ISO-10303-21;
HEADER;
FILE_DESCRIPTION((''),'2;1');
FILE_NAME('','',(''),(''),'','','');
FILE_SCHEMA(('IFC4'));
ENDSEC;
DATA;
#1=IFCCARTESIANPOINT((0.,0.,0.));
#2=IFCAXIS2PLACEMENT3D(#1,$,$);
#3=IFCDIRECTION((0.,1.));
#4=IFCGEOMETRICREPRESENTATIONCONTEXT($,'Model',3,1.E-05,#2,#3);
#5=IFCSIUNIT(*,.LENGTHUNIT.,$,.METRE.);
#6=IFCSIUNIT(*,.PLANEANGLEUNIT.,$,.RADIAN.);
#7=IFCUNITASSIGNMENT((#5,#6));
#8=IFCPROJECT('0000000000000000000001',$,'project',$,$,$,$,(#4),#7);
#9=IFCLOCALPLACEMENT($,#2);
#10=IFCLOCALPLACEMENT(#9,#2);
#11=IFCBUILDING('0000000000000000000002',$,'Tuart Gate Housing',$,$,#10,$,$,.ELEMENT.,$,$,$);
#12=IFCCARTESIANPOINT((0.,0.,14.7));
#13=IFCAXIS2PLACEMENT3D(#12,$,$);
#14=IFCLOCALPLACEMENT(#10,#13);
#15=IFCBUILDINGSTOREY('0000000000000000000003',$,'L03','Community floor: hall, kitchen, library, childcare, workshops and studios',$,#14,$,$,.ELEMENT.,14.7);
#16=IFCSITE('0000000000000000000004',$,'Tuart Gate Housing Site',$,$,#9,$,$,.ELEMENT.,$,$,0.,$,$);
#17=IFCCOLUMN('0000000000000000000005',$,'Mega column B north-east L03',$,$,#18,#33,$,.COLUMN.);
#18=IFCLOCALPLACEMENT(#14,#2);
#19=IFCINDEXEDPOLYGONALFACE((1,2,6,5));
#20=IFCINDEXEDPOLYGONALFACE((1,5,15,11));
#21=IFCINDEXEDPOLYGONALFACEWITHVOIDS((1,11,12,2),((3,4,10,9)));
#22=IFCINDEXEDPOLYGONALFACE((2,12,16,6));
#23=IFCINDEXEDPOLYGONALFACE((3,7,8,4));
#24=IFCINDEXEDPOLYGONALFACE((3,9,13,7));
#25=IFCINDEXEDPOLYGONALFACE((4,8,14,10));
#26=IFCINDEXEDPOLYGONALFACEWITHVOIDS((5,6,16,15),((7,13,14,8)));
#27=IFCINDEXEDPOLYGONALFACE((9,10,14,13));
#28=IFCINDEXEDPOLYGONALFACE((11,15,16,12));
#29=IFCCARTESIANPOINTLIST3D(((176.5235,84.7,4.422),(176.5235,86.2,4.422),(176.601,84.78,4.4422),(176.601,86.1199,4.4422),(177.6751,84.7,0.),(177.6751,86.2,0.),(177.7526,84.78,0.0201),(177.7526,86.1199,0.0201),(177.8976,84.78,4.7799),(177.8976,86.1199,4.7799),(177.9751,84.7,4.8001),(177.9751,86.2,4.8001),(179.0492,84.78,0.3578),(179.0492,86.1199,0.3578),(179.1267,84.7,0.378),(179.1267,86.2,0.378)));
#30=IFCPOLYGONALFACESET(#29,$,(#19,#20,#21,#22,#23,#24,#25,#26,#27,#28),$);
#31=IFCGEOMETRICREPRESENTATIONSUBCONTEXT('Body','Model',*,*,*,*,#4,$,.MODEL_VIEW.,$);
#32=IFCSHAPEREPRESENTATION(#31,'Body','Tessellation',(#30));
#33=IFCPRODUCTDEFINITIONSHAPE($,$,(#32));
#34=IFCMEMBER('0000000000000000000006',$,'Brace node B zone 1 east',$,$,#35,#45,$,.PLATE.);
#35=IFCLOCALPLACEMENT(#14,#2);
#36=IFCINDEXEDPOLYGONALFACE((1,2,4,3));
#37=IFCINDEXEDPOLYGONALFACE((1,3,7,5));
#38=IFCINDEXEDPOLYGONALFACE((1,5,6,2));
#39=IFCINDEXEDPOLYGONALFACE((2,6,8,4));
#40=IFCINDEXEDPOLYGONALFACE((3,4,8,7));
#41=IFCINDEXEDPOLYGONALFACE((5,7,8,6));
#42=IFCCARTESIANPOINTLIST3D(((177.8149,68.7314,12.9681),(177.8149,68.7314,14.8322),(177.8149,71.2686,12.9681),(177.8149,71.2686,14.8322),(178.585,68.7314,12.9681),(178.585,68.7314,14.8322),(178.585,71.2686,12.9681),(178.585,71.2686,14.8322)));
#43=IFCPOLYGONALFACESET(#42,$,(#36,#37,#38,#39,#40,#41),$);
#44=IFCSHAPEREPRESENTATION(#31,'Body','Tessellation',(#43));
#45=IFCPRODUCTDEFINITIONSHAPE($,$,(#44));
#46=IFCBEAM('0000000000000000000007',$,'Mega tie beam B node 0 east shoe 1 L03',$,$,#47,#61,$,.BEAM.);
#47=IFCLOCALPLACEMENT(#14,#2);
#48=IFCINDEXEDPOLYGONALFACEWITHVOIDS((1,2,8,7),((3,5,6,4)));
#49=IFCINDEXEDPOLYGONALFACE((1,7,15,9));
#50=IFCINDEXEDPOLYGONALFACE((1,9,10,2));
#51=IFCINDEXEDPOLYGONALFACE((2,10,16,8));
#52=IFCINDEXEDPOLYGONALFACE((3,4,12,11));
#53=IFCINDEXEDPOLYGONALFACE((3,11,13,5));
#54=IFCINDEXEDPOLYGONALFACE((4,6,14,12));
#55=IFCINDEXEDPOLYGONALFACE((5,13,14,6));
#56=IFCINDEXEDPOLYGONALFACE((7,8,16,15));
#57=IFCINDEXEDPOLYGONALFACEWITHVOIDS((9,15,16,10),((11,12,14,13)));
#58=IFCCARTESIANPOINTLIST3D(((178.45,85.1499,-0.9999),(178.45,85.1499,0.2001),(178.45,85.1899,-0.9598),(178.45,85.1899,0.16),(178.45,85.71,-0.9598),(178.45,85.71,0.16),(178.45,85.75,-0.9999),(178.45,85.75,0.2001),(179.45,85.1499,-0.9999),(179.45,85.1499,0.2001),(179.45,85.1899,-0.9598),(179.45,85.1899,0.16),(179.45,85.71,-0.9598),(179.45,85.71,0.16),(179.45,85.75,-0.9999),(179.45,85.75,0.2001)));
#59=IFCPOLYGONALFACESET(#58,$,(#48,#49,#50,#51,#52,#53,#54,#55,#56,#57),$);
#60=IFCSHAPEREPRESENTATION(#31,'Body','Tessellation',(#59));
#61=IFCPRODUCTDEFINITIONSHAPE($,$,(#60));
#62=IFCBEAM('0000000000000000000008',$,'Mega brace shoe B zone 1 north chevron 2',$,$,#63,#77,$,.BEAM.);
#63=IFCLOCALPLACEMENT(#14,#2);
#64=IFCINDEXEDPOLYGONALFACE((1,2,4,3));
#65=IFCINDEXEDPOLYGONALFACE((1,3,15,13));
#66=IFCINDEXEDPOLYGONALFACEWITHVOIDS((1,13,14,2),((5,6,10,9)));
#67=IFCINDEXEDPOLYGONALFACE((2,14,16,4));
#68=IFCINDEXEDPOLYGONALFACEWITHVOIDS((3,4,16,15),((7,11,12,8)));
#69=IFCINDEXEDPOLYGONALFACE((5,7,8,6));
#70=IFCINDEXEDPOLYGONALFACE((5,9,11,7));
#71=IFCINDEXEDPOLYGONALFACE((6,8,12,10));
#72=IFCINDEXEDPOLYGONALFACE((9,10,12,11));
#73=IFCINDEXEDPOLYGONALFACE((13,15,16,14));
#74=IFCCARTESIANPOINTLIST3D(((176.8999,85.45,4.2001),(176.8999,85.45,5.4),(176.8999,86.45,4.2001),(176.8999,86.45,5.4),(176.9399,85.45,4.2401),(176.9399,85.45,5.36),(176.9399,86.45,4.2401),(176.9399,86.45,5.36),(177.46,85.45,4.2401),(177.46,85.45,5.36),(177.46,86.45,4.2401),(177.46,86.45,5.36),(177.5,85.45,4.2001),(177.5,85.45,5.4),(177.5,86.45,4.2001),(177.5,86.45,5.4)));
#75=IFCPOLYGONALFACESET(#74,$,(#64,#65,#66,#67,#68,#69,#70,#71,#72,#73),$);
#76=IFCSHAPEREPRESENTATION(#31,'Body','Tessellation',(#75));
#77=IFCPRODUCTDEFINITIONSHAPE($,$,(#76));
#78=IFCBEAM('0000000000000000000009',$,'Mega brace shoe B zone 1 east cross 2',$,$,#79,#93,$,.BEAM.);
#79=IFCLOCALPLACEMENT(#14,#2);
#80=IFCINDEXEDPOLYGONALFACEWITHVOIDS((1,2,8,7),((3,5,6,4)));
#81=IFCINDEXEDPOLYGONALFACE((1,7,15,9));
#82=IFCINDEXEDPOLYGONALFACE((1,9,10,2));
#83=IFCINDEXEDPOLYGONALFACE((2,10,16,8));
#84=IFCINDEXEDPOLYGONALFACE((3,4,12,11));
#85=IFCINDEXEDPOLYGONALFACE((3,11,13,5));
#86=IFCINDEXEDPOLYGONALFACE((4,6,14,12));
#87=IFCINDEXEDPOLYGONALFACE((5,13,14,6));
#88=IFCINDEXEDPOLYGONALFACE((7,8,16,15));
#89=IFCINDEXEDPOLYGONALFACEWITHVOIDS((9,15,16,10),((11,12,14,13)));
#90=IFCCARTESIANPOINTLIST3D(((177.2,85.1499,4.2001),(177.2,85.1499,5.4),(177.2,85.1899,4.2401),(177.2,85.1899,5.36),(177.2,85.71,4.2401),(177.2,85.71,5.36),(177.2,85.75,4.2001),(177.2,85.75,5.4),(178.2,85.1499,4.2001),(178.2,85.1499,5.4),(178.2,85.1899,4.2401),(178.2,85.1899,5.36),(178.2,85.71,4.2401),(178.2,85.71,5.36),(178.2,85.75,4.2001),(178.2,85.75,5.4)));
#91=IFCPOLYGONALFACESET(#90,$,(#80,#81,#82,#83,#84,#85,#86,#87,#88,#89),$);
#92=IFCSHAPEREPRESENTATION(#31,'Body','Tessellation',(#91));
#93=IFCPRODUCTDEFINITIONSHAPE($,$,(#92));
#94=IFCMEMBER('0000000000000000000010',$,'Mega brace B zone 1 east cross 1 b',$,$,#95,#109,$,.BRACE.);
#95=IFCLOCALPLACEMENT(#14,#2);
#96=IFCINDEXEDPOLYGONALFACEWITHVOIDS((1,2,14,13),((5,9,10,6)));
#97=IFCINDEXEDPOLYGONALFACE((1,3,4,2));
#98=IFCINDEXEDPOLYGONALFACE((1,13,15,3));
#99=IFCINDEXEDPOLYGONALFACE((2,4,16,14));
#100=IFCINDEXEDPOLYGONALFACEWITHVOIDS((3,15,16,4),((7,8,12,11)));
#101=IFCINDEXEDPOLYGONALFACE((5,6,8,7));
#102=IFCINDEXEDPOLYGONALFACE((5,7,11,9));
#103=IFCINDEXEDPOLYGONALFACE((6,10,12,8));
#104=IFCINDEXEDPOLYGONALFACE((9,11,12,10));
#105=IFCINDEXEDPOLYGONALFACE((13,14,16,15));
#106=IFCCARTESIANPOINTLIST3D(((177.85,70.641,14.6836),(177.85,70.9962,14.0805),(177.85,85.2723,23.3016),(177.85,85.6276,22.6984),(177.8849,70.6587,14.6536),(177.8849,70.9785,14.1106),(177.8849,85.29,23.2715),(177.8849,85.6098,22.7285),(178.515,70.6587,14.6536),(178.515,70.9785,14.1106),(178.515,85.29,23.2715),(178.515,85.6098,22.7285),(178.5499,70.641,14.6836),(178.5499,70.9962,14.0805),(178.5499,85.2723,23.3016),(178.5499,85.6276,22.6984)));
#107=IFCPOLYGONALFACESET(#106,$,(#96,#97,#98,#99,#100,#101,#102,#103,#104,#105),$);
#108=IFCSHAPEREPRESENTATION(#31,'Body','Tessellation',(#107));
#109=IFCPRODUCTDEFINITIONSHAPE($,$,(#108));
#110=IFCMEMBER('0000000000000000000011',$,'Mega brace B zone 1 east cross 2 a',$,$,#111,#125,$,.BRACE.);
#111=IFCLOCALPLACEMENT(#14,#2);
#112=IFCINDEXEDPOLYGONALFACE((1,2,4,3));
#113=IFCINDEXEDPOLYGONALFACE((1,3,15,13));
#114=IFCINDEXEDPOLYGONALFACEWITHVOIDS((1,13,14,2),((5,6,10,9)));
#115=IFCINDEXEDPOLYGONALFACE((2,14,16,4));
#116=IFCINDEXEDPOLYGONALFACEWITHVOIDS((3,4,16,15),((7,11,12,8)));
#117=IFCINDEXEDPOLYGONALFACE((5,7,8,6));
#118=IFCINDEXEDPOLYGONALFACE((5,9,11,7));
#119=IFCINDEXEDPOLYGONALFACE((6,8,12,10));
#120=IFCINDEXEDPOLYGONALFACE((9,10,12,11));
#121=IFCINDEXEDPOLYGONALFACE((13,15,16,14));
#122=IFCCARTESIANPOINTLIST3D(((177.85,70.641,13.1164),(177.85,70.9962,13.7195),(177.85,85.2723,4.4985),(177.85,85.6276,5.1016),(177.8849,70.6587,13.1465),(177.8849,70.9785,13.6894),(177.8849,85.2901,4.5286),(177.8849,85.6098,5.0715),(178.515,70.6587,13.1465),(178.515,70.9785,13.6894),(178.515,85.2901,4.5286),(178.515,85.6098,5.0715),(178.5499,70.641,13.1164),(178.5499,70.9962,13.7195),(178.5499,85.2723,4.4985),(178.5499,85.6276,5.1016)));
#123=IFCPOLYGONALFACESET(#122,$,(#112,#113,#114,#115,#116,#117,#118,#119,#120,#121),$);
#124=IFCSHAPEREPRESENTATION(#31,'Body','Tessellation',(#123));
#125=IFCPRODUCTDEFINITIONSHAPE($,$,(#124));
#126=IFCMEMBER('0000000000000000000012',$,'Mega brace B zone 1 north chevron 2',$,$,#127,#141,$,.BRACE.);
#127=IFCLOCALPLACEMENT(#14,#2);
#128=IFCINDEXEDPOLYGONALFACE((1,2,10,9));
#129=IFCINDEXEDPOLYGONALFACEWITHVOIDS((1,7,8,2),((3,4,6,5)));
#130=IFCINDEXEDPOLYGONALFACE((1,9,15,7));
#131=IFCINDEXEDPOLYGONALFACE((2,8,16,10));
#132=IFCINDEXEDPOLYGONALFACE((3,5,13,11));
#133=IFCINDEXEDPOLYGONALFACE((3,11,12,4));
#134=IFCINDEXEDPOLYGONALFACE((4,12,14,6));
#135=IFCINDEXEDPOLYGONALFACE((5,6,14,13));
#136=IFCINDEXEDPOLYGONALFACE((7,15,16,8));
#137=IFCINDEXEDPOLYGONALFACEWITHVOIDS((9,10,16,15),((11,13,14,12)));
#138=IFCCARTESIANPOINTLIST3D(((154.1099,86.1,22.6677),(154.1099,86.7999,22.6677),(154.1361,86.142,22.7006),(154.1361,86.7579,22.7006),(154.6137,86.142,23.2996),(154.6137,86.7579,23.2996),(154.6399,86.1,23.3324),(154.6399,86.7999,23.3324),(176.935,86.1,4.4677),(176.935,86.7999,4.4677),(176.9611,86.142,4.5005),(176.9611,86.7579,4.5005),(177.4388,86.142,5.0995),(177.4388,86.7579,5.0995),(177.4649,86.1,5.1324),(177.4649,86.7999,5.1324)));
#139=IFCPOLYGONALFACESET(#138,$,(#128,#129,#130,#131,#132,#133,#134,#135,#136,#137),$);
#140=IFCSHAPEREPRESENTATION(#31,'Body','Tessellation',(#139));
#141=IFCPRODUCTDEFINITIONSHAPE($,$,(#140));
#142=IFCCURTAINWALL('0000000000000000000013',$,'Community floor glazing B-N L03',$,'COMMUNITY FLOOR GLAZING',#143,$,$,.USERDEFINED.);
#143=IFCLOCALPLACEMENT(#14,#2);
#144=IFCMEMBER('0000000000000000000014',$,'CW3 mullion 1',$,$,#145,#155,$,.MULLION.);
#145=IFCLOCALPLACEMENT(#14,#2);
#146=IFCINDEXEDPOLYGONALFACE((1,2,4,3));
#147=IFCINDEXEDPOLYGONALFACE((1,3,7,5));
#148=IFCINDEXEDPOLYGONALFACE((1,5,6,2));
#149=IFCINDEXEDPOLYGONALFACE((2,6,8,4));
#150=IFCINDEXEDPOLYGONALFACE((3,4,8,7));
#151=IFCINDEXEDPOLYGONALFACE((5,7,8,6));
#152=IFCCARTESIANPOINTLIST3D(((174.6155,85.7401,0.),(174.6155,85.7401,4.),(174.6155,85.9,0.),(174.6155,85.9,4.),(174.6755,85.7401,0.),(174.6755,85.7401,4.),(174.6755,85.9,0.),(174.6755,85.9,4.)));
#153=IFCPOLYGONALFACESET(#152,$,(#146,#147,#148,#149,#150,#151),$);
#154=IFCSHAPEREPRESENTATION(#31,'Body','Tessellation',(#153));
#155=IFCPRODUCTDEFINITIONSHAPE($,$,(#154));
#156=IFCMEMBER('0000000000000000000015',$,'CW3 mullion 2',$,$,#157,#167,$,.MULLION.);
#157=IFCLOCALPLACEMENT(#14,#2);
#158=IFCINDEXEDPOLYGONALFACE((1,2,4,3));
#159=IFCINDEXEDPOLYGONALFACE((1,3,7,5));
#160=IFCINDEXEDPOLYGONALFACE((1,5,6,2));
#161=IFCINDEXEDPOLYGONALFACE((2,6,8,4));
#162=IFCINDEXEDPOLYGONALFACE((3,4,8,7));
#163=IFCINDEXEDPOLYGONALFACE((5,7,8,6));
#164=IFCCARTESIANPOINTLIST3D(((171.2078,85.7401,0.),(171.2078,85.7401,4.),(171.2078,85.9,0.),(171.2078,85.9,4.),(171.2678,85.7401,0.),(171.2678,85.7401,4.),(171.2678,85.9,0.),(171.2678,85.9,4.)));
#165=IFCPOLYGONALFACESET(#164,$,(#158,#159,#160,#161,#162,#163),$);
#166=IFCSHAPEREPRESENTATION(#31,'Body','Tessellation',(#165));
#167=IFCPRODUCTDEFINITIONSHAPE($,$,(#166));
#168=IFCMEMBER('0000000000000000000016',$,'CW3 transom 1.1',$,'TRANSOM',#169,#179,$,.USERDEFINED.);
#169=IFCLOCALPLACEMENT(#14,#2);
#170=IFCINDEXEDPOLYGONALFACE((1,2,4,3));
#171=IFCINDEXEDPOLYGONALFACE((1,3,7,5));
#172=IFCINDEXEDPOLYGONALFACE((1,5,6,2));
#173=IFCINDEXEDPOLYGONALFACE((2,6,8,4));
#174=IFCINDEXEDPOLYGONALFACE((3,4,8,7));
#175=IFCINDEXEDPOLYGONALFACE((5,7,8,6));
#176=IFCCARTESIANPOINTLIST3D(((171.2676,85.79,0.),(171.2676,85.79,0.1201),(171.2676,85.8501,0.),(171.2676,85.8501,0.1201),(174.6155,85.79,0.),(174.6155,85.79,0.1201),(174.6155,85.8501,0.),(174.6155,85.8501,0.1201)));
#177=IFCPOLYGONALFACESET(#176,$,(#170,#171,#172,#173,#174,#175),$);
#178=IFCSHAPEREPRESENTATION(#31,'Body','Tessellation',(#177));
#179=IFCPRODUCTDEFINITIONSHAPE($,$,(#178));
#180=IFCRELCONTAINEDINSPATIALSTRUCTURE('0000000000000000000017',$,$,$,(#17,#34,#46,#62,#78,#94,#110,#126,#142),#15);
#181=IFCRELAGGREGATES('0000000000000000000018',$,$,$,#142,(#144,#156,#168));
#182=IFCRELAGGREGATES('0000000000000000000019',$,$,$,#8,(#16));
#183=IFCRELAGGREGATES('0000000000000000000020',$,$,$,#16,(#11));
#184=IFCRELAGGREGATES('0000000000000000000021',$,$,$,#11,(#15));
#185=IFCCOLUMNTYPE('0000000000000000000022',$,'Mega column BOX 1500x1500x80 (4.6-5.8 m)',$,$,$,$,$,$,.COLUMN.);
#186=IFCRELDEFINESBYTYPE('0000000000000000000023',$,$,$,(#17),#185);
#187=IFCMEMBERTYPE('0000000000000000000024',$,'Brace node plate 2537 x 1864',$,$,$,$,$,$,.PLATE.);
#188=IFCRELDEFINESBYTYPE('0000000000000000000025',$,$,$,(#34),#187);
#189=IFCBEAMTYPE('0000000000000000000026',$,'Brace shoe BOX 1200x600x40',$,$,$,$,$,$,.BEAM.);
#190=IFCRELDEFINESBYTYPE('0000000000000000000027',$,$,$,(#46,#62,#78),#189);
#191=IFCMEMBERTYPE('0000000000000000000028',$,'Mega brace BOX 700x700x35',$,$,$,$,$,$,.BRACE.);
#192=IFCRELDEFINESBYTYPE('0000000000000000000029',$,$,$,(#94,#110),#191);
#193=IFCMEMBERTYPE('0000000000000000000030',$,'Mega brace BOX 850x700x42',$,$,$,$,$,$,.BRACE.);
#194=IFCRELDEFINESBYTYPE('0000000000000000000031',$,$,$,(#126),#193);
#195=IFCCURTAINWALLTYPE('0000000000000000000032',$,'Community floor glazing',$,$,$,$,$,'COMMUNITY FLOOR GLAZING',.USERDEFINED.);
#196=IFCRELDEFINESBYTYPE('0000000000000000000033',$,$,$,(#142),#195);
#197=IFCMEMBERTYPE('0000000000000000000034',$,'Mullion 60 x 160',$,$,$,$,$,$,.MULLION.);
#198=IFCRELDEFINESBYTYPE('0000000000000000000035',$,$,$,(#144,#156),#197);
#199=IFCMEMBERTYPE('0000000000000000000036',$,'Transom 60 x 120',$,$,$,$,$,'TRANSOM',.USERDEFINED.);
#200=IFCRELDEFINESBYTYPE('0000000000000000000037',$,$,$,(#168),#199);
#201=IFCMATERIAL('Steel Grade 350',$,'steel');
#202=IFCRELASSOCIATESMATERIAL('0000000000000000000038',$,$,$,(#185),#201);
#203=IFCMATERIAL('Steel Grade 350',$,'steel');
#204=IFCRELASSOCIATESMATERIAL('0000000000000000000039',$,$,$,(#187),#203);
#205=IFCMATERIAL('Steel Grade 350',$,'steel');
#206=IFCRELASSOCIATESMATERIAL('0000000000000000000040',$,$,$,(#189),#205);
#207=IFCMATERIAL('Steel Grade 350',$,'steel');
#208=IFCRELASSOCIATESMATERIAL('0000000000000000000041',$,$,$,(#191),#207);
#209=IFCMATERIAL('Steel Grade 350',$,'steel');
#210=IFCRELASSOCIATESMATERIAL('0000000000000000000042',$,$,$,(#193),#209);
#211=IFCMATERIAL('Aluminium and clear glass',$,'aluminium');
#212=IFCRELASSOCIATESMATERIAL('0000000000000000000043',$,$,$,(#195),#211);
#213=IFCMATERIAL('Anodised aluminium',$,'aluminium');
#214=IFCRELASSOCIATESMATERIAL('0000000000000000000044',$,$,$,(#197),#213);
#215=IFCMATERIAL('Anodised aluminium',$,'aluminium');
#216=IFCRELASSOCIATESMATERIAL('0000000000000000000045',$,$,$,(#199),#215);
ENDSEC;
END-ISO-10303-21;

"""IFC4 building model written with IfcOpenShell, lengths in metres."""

from ifc_helpers import new_model, si_unit, direction, frame, origin, origin_2d, place, context, subcontext, project, spatial, rectangle, hollow_rectangle, extrude, material, material_profile, profile_set, type_object, element, aggregate, save


model = new_model("IFC4")

# Units and contexts
model_context = context("Model", 3, precision=1e-05, world=origin(), true_north=direction((0.0, 1.0)))
body_context = subcontext(model_context, "Body", "Model", "MODEL_VIEW")
ifc_project = project(units=[si_unit("LENGTHUNIT", "METRE"), si_unit("PLANEANGLEUNIT", "RADIAN")], contexts=[model_context])

# Site, building, storey
site_placement = place(None, origin())
site = spatial("IfcSite", under=ifc_project, at=site_placement, Name="Tuart Gate Housing Site", CompositionType="ELEMENT", RefElevation=0.0)
building_placement = place(site_placement, origin())
building = spatial("IfcBuilding", under=site, at=building_placement, Name="Tuart Gate Housing", CompositionType="ELEMENT")
storey_placement = place(building_placement, frame((0.0, 0.0, 14.7)))
storey = spatial("IfcBuildingStorey", under=building, at=storey_placement, Name="L03", Description="Community floor: hall, kitchen, library, childcare, workshops and studios", CompositionType="ELEMENT", Elevation=14.7)

# Column
ifc_material_1 = material(Name="Steel Grade 350", Category="steel")
ifc_material_profile_1 = material_profile(ifc_material_1, hollow_rectangle(XDim=1.5, YDim=1.5, WallThickness=0.0801, at=origin_2d()), Name="BOX 1500x1500x80")
ifc_profile_set_1 = profile_set([ifc_material_profile_1], Name="Steel Grade 350")
column_type = type_object("IfcColumnType", Name="Mega column BOX 1500x1500x80 (4.6-5.8 m)", PredefinedType="COLUMN", material=ifc_profile_set_1)
column_placement = place(storey_placement, frame((178.4009, 85.45, 0.189), z_axis=(-0.252015, 0.0, 0.967723), x_axis=(0.0, -1.0, 0.0)))
element("IfcColumn", 1, at=column_placement, inside=storey, type_object=column_type, Name="Mega column B north-east L03", PredefinedType="COLUMN", context=body_context, shape_type="SweptSolid", body=[
    extrude(hollow_rectangle(XDim=1.5, YDim=1.5, WallThickness=0.0801, at=origin_2d()), origin(), (0.0, 0.0, 1.0), 4.5696),
])

# Member
ifc_material_2 = material(Name="Steel Grade 350", Category="steel")
ifc_material_profile_2 = material_profile(ifc_material_2, rectangle(XDim=2.5371, YDim=1.864, at=origin_2d()), Name="Brace node plate 2537 x 1864")
ifc_profile_set_2 = profile_set([ifc_material_profile_2], Name="Steel Grade 350")
member_type_1 = type_object("IfcMemberType", Name="Brace node plate 2537 x 1864", PredefinedType="PLATE", material=ifc_profile_set_2)
member_1_placement = place(storey_placement, frame((177.8149, 70.0, 13.9001), z_axis=(1.0, 0.0, 0.0), x_axis=(0.0, 1.0, 0.0)))
element("IfcMember", 2, at=member_1_placement, inside=storey, type_object=member_type_1, Name="Brace node B zone 1 east", PredefinedType="PLATE", context=body_context, shape_type="SweptSolid", body=[
    extrude(rectangle(XDim=2.5371, YDim=1.864, at=origin_2d()), origin(), (0.0, 0.0, 1.0), 0.77),
])

# Beams
ifc_material_3 = material(Name="Steel Grade 350", Category="steel")
ifc_material_profile_3 = material_profile(ifc_material_3, hollow_rectangle(XDim=0.6001, YDim=1.2, WallThickness=0.04, at=origin_2d()), Name="BOX 1200x600x40")
ifc_profile_set_3 = profile_set([ifc_material_profile_3], Name="Steel Grade 350")
beam_type = type_object("IfcBeamType", Name="Brace shoe BOX 1200x600x40", PredefinedType="BEAM", material=ifc_profile_set_3)
for number, where, z_axis, x_axis, name in (
    (3, (178.45, 85.45, -0.3999), (1.0, 0.0, 0.0), (0.0, 1.0, 0.0), "Mega tie beam B node 0 east shoe 1 L03"),
    (4, (177.2, 85.45, 4.8), (0.0, 1.0, 0.0), (-1.0, 0.0, 0.0), "Mega brace shoe B zone 1 north chevron 2"),
    (5, (177.2, 85.45, 4.8), (1.0, 0.0, 0.0), (0.0, 1.0, 0.0), "Mega brace shoe B zone 1 east cross 2"),
):
    element("IfcBeam", number, at=place(storey_placement, frame(where, z_axis=z_axis, x_axis=x_axis)), inside=storey, type_object=beam_type, Name=name, PredefinedType="BEAM", context=body_context, shape_type="SweptSolid", body=[
        extrude(hollow_rectangle(XDim=0.6001, YDim=1.2, WallThickness=0.04, at=origin_2d()), origin(), (0.0, 0.0, 1.0), 1.0),
    ])

# Members
ifc_material_4 = material(Name="Steel Grade 350", Category="steel")
ifc_material_profile_4 = material_profile(ifc_material_4, hollow_rectangle(XDim=0.7, YDim=0.7, WallThickness=0.0349, at=origin_2d()), Name="BOX 700x700x35")
ifc_profile_set_4 = profile_set([ifc_material_profile_4], Name="Steel Grade 350")
member_type_2 = type_object("IfcMemberType", Name="Mega brace BOX 700x700x35", PredefinedType="BRACE", material=ifc_profile_set_4)
for number, where, z_axis, x_axis, name in (
    (6, (178.2, 70.8186, 14.3821), (0.0, 0.861645, 0.507512), (-1.0, 0.0, 0.0), "Mega brace B zone 1 east cross 1 b"),
    (7, (178.2, 85.45, 4.8), (0.0, -0.861645, 0.507512), (1.0, 0.0, 0.0), "Mega brace B zone 1 east cross 2 a"),
):
    element("IfcMember", number, at=place(storey_placement, frame(where, z_axis=z_axis, x_axis=x_axis)), inside=storey, type_object=member_type_2, Name=name, PredefinedType="BRACE", context=body_context, shape_type="SweptSolid", body=[
        extrude(hollow_rectangle(XDim=0.7, YDim=0.7, WallThickness=0.0349, at=origin_2d()), origin(), (0.0, 0.0, 1.0), 16.9807),
    ])
ifc_material_5 = material(Name="Steel Grade 350", Category="steel")
ifc_material_profile_5 = material_profile(ifc_material_5, hollow_rectangle(XDim=0.7, YDim=0.8501, WallThickness=0.042, at=origin_2d()), Name="BOX 850x700x42")
ifc_profile_set_5 = profile_set([ifc_material_profile_5], Name="Steel Grade 350")
member_type_3 = type_object("IfcMemberType", Name="Mega brace BOX 850x700x42", PredefinedType="BRACE", material=ifc_profile_set_5)
member_2_placement = place(storey_placement, frame((177.2, 86.45, 4.8), z_axis=(-0.781871, 0.0, 0.623441), x_axis=(0.0, -1.0, 0.0)))
element("IfcMember", 8, at=member_2_placement, inside=storey, type_object=member_type_3, Name="Mega brace B zone 1 north chevron 2", PredefinedType="BRACE", context=body_context, shape_type="SweptSolid", body=[
    extrude(hollow_rectangle(XDim=0.7, YDim=0.8501, WallThickness=0.042, at=origin_2d()), origin(), (0.0, 0.0, 1.0), 29.1929),
])

# Curtain wall, members
ifc_material_6 = material(Name="Aluminium and clear glass", Category="aluminium")
curtain_wall_type = type_object("IfcCurtainWallType", Name="Community floor glazing", ElementType="COMMUNITY FLOOR GLAZING", PredefinedType="USERDEFINED", material=ifc_material_6)
curtain_wall_placement = place(storey_placement, origin())
curtain_wall = element("IfcCurtainWall", 9, at=curtain_wall_placement, inside=storey, type_object=curtain_wall_type, Name="Community floor glazing B-N L03", ObjectType="COMMUNITY FLOOR GLAZING", PredefinedType="USERDEFINED")
ifc_material_7 = material(Name="Anodised aluminium", Category="aluminium")
ifc_material_profile_6 = material_profile(ifc_material_7, rectangle(XDim=0.0601, YDim=0.1599, at=origin_2d()), Name="60x160")
ifc_profile_set_6 = profile_set([ifc_material_profile_6], Name="Anodised aluminium")
member_type_4 = type_object("IfcMemberType", Name="Mullion 60 x 160", PredefinedType="MULLION", material=ifc_profile_set_6)
member_3_placement = place(storey_placement, frame((174.6455, 85.8201, 0.0), z_axis=(0.0, 0.0, 1.0), x_axis=(-1.0, 0.0, 0.0)))
member_3 = element("IfcMember", 10, at=member_3_placement, type_object=member_type_4, Name="CW3 mullion 1", PredefinedType="MULLION", context=body_context, shape_type="SweptSolid", body=[
    extrude(rectangle(XDim=0.0601, YDim=0.1599, at=origin_2d()), origin(), (0.0, 0.0, 1.0), 4.0),
])
member_4_placement = place(storey_placement, frame((171.2378, 85.8201, 0.0), z_axis=(0.0, 0.0, 1.0), x_axis=(-1.0, 0.0, 0.0)))
member_4 = element("IfcMember", 11, at=member_4_placement, type_object=member_type_4, Name="CW3 mullion 2", PredefinedType="MULLION", context=body_context, shape_type="SweptSolid", body=[
    extrude(rectangle(XDim=0.0601, YDim=0.1599, at=origin_2d()), origin(), (0.0, 0.0, 1.0), 4.0),
])
ifc_material_8 = material(Name="Anodised aluminium", Category="aluminium")
ifc_material_profile_7 = material_profile(ifc_material_8, rectangle(XDim=0.0601, YDim=0.1201, at=origin_2d()), Name="60x120")
ifc_profile_set_7 = profile_set([ifc_material_profile_7], Name="Anodised aluminium")
member_type_5 = type_object("IfcMemberType", Name="Transom 60 x 120", ElementType="TRANSOM", PredefinedType="USERDEFINED", material=ifc_profile_set_7)
member_5_placement = place(storey_placement, frame((174.6155, 85.8201, 0.0601), z_axis=(-1.0, 0.0, 0.0), x_axis=(0.0, -1.0, 0.0)))
member_5 = element("IfcMember", 12, at=member_5_placement, type_object=member_type_5, Name="CW3 transom 1.1", ObjectType="TRANSOM", PredefinedType="USERDEFINED", context=body_context, shape_type="SweptSolid", body=[
    extrude(rectangle(XDim=0.0601, YDim=0.1201, at=origin_2d()), origin(), (0.0, 0.0, 1.0), 3.3479),
])
aggregate(curtain_wall, [member_3, member_4, member_5])

save(model, "model.ifc")
